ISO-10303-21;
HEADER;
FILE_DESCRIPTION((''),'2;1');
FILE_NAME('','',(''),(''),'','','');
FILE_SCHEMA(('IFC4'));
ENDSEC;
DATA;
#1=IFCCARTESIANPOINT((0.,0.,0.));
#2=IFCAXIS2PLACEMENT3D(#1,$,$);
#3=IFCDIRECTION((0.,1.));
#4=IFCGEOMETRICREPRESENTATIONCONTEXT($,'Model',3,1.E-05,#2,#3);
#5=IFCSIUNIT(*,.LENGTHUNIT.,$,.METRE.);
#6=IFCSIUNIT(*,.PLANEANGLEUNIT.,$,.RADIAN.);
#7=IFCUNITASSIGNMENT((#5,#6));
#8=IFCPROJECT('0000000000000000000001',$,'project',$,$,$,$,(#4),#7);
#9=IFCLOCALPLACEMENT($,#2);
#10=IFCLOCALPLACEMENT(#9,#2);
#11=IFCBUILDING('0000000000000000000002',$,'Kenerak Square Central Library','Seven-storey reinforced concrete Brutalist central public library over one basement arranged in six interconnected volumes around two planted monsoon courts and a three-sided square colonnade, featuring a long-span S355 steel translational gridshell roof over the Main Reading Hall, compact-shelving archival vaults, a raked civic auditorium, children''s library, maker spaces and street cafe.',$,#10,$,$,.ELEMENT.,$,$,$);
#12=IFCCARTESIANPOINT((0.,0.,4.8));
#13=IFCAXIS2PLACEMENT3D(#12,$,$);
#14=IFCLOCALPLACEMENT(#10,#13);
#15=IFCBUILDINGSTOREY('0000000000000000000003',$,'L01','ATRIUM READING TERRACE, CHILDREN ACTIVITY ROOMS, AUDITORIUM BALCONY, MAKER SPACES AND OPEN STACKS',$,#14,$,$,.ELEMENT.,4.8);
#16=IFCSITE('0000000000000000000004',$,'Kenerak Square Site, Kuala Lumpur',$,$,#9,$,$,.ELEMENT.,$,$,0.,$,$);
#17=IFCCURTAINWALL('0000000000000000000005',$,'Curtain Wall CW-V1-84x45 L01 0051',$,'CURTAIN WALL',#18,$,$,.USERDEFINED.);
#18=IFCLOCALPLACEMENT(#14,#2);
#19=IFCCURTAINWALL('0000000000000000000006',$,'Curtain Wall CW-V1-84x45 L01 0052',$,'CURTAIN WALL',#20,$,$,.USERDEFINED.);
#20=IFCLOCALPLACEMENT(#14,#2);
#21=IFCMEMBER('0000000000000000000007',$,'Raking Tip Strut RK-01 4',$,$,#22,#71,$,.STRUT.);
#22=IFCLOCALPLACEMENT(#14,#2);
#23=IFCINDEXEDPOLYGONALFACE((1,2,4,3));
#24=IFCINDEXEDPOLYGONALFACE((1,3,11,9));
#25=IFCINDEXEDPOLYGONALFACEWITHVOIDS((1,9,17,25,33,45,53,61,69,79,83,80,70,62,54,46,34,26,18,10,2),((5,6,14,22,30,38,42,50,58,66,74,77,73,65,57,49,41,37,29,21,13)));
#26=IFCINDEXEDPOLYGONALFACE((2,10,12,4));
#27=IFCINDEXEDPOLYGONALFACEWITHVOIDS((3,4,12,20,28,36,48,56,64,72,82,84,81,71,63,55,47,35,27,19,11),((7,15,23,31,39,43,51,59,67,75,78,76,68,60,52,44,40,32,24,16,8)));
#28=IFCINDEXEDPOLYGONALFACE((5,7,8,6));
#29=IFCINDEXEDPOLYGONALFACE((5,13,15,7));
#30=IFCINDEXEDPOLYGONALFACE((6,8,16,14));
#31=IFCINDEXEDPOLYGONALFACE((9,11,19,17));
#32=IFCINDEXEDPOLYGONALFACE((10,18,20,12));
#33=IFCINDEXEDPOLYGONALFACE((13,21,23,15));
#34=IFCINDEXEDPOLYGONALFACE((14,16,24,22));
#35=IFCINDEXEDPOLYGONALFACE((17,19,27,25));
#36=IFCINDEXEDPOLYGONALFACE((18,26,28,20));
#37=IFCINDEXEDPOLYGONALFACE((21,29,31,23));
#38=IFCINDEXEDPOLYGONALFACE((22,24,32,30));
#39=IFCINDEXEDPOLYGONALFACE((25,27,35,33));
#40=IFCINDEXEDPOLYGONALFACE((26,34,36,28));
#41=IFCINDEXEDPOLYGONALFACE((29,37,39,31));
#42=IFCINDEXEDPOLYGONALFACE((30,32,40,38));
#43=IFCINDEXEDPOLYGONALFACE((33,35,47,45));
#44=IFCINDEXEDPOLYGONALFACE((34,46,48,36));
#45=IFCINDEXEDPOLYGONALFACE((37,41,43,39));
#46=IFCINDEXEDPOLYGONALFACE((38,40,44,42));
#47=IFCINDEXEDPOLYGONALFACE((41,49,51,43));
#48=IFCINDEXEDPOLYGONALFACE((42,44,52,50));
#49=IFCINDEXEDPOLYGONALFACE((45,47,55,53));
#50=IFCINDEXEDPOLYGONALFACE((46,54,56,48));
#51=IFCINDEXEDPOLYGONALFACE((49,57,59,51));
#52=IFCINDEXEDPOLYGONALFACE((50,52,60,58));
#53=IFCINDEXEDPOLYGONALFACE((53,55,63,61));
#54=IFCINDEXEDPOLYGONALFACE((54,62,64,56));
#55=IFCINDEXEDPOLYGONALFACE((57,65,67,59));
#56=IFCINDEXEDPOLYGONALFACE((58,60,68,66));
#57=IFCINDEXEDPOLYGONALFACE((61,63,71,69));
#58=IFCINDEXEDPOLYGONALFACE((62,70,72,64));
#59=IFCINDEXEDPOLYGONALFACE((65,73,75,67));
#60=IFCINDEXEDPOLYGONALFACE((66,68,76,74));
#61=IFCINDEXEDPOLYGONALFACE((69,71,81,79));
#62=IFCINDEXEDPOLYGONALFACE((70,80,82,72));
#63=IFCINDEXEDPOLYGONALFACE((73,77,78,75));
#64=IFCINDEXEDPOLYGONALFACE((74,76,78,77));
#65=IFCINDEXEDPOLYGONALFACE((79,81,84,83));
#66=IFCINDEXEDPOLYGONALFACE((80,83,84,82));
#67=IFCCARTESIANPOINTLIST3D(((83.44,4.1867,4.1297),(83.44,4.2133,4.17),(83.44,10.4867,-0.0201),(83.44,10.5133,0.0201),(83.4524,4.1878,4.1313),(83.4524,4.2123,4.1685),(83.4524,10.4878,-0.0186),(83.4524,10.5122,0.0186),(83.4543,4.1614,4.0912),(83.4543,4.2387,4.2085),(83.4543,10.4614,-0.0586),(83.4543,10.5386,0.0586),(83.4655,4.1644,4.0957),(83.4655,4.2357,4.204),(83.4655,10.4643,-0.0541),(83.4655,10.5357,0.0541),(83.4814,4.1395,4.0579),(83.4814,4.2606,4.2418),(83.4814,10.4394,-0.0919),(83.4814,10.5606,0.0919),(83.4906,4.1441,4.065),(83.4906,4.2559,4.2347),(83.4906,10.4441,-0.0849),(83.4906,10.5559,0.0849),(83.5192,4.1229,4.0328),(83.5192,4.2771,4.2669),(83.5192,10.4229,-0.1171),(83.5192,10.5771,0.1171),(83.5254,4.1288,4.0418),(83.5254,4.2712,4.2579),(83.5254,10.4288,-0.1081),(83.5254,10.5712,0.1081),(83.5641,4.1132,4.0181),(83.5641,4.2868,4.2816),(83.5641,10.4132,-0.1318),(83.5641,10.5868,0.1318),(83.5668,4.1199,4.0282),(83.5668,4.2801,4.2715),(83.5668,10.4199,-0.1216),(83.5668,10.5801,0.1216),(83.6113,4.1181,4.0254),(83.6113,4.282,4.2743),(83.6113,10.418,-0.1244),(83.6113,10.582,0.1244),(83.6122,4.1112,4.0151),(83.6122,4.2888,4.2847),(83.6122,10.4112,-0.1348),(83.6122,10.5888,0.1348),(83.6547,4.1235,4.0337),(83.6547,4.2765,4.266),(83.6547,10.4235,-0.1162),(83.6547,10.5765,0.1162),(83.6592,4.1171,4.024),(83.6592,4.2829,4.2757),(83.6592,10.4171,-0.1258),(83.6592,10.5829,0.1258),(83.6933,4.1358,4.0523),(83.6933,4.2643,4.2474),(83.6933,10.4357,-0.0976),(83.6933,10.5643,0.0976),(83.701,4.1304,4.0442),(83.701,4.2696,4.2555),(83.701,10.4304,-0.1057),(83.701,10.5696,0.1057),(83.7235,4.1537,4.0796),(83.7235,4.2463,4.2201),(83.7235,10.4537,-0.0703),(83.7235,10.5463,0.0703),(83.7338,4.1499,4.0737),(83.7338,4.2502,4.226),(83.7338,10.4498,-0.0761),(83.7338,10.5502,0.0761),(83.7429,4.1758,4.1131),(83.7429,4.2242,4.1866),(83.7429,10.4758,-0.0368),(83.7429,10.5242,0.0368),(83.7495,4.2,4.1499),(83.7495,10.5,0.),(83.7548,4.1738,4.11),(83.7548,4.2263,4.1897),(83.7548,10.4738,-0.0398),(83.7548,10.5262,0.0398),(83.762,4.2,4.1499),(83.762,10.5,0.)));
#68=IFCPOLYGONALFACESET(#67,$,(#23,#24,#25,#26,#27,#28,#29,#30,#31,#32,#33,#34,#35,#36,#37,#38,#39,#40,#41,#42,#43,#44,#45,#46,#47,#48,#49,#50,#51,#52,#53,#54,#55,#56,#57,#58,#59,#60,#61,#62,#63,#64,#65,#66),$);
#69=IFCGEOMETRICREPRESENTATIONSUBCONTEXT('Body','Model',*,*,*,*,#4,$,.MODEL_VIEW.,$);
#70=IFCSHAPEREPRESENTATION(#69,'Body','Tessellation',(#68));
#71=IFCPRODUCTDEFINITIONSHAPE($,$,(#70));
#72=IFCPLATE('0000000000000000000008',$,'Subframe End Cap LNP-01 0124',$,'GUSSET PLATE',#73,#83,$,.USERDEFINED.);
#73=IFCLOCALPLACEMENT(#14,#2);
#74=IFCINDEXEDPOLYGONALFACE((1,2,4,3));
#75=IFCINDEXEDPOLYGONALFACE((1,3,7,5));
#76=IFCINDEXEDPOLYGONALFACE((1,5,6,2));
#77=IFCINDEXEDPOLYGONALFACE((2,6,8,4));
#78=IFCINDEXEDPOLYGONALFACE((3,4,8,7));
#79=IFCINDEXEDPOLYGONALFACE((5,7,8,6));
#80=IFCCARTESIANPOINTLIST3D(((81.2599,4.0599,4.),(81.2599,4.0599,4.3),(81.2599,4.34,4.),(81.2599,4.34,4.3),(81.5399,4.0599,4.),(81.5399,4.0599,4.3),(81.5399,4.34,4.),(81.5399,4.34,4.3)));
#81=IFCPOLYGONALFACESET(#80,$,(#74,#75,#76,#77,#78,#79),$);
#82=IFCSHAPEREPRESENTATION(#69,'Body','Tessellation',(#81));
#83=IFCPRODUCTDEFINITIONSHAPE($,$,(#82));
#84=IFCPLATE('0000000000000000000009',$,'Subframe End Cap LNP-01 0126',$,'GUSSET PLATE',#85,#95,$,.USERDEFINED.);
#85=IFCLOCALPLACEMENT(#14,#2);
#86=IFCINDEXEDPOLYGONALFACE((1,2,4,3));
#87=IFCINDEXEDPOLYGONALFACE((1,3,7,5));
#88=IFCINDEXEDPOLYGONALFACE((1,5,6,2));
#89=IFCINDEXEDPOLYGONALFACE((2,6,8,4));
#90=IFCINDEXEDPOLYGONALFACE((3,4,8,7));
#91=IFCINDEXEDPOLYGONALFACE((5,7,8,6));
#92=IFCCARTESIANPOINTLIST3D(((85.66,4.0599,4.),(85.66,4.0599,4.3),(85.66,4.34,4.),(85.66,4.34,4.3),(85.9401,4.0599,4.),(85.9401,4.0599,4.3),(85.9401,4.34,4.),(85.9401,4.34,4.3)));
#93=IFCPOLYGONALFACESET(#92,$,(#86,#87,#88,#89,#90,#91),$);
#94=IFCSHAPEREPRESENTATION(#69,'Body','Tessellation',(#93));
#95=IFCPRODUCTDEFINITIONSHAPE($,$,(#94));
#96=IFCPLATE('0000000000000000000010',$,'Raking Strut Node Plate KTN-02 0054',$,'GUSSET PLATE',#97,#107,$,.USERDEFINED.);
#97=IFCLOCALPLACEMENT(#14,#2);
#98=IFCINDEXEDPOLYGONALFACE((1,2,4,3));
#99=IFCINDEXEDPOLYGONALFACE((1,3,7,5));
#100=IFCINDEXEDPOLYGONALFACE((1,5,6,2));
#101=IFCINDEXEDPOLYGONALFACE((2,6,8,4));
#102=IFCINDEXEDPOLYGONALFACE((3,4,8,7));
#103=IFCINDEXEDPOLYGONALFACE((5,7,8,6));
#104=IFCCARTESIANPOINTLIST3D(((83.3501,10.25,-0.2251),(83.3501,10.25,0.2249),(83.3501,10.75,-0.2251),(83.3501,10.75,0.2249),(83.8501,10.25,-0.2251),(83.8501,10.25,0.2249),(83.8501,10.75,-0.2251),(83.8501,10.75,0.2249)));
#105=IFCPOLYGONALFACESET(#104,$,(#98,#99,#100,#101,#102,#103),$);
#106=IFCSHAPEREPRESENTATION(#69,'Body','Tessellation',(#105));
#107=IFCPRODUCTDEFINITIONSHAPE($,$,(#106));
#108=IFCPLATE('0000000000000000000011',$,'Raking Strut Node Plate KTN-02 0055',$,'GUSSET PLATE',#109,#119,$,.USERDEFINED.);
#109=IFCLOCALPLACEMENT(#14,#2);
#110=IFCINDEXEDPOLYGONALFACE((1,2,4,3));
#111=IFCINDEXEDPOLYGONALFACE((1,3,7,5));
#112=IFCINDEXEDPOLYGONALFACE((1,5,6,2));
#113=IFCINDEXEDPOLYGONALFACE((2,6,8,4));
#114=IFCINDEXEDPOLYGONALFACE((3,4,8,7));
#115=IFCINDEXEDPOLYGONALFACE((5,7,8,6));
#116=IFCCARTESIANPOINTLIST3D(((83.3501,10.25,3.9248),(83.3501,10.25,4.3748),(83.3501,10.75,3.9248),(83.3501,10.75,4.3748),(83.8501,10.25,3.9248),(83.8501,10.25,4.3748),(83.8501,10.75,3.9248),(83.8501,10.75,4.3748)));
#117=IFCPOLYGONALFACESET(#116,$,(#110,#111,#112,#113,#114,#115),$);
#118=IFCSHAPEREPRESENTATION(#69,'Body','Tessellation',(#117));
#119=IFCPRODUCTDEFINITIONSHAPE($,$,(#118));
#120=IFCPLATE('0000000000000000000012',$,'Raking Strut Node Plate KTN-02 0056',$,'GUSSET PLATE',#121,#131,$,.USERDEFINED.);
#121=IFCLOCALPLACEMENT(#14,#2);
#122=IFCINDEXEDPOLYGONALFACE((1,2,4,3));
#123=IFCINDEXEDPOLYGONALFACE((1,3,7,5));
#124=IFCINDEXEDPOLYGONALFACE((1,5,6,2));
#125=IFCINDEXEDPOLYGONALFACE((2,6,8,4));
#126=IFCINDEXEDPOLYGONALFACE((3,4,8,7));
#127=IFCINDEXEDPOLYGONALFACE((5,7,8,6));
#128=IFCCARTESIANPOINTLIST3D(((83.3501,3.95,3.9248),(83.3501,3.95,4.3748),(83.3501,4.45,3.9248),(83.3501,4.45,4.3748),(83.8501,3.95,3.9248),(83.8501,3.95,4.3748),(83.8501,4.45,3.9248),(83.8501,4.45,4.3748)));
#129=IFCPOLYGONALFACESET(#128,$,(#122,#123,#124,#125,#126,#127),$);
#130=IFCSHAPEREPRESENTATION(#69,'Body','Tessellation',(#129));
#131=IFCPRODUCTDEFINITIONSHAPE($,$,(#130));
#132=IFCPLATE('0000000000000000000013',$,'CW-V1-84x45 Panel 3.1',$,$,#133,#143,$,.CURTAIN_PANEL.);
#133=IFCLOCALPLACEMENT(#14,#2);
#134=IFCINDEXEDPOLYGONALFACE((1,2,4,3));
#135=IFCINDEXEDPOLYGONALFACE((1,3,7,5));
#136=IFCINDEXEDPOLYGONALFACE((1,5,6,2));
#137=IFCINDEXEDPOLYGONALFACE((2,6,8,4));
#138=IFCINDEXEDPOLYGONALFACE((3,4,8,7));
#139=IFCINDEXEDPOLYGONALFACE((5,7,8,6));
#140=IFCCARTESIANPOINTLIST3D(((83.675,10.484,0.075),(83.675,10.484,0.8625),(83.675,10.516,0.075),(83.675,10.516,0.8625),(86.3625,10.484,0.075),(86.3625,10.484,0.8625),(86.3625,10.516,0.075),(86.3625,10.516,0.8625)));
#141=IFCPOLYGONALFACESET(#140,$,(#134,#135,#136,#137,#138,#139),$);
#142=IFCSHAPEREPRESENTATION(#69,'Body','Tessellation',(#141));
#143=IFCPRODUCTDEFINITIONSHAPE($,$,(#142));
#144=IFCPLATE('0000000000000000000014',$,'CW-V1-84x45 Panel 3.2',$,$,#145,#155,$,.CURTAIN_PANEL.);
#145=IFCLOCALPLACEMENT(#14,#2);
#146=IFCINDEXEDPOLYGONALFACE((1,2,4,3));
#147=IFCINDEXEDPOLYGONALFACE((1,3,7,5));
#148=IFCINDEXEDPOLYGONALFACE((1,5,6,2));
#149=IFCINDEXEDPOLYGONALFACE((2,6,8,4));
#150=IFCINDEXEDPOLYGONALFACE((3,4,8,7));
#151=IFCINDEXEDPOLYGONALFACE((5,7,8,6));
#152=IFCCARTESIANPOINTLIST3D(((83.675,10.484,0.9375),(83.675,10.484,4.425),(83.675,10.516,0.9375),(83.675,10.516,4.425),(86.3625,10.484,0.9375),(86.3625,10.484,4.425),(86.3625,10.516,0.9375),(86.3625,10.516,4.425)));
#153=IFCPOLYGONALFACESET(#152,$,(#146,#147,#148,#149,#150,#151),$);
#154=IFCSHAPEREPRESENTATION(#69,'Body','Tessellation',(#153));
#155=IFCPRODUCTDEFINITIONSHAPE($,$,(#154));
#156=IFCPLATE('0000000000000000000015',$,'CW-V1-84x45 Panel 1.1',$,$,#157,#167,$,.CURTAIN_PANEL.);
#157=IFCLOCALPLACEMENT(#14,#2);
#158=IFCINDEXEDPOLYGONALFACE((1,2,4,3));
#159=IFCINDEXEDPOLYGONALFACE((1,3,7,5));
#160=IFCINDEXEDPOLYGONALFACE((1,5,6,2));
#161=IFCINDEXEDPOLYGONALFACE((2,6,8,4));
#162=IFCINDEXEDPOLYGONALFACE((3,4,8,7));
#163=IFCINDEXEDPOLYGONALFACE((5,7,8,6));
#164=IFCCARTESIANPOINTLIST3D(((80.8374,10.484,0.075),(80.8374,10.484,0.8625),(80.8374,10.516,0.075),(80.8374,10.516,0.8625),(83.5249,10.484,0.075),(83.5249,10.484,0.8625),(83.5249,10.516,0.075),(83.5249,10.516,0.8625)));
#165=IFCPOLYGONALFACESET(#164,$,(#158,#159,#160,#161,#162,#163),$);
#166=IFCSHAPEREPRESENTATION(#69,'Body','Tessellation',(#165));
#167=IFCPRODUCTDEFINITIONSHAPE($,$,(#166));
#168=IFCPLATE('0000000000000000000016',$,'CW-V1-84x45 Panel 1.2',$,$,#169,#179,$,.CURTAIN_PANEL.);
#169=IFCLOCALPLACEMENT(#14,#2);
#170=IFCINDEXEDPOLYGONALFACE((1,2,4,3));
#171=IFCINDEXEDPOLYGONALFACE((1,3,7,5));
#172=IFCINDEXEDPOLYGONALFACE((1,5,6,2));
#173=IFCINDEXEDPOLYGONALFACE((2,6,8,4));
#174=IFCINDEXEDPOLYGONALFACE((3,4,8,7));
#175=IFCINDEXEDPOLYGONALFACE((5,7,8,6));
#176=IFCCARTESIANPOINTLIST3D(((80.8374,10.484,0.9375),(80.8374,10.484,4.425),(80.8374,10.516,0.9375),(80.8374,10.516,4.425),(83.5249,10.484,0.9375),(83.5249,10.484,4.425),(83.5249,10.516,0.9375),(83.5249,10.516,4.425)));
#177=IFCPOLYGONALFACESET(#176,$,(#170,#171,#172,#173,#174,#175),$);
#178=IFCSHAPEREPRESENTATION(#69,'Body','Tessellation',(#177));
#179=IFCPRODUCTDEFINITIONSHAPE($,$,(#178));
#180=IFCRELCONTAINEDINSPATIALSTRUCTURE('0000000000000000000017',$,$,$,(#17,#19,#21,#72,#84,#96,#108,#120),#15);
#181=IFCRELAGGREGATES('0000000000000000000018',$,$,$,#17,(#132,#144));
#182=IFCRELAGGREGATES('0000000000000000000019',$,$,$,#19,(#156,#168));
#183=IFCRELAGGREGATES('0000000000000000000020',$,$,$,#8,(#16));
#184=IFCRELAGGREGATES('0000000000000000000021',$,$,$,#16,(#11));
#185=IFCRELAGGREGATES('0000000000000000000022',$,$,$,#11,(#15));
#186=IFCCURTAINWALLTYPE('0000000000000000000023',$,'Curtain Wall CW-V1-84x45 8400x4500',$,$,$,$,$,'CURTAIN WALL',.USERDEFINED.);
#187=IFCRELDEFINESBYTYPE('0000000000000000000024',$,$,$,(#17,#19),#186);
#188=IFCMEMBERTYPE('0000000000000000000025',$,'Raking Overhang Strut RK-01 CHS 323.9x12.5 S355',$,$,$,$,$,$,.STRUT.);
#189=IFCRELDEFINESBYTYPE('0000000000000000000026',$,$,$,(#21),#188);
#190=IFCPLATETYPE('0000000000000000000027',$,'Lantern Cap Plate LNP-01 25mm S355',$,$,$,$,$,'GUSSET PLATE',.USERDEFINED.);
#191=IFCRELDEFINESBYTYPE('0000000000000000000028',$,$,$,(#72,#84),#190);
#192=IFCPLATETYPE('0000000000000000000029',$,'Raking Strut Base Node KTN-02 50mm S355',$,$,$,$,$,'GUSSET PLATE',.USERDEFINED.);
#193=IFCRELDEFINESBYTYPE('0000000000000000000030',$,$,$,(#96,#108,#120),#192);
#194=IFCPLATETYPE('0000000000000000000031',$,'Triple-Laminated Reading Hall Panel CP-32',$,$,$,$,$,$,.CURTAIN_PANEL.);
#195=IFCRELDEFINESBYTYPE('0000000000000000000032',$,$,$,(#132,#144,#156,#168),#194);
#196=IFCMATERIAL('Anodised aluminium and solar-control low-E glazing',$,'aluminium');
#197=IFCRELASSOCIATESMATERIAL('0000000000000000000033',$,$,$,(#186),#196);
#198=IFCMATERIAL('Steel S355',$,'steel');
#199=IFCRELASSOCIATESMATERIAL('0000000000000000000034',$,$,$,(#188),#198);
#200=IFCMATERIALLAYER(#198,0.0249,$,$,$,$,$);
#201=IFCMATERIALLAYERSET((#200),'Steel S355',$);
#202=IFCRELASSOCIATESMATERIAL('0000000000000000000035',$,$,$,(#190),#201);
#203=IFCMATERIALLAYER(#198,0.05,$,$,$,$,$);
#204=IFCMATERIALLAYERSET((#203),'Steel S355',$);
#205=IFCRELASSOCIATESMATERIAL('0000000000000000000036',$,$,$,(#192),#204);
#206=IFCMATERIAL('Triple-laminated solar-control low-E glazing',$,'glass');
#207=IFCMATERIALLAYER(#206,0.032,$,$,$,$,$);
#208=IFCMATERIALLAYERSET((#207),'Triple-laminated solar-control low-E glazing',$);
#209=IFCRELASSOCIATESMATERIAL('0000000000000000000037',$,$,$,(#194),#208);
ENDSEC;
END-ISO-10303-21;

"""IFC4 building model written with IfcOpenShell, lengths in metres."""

from ifc_helpers import new_model, si_unit, direction, frame, origin, origin_2d, place, context, subcontext, project, spatial, rectangle, hollow_circle, extrude, material, layer, layer_set, material_profile, profile_set, type_object, element, aggregate, save


model = new_model("IFC4")

# Units and contexts
model_context = context("Model", 3, precision=1e-05, world=origin(), true_north=direction((0.0, 1.0)))
body_context = subcontext(model_context, "Body", "Model", "MODEL_VIEW")
ifc_project = project(units=[si_unit("LENGTHUNIT", "METRE"), si_unit("PLANEANGLEUNIT", "RADIAN")], contexts=[model_context])

# Site, building, storey
site_placement = place(None, origin())
site = spatial("IfcSite", under=ifc_project, at=site_placement, Name="Kenerak Square Site, Kuala Lumpur", CompositionType="ELEMENT", RefElevation=0.0)
building_placement = place(site_placement, origin())
building = spatial("IfcBuilding", under=site, at=building_placement, Name="Kenerak Square Central Library", Description="Seven-storey reinforced concrete Brutalist central public library over one basement arranged in six interconnected volumes around two planted monsoon courts and a three-sided square colonnade, featuring a long-span S355 steel translational gridshell roof over the Main Reading Hall, compact-shelving archival vaults, a raked civic auditorium, children's library, maker spaces and street cafe.", CompositionType="ELEMENT")
storey_placement = place(building_placement, frame((0.0, 0.0, 4.8)))
storey = spatial("IfcBuildingStorey", under=building, at=storey_placement, Name="L01", Description="ATRIUM READING TERRACE, CHILDREN ACTIVITY ROOMS, AUDITORIUM BALCONY, MAKER SPACES AND OPEN STACKS", CompositionType="ELEMENT", Elevation=4.8)

# Curtain walls
ifc_material_1 = material(Name="Anodised aluminium and solar-control low-E glazing", Category="aluminium")
curtain_wall_type = type_object("IfcCurtainWallType", Name="Curtain Wall CW-V1-84x45 8400x4500", ElementType="CURTAIN WALL", PredefinedType="USERDEFINED", material=ifc_material_1)
curtain_wall_1_placement = place(storey_placement, origin())
curtain_wall_1 = element("IfcCurtainWall", 1, at=curtain_wall_1_placement, inside=storey, type_object=curtain_wall_type, Name="Curtain Wall CW-V1-84x45 L01 0051", ObjectType="CURTAIN WALL", PredefinedType="USERDEFINED")
curtain_wall_2_placement = place(storey_placement, origin())
curtain_wall_2 = element("IfcCurtainWall", 2, at=curtain_wall_2_placement, inside=storey, type_object=curtain_wall_type, Name="Curtain Wall CW-V1-84x45 L01 0052", ObjectType="CURTAIN WALL", PredefinedType="USERDEFINED")

# Shared definitions
ifc_material_2 = material(Name="Steel S355", Category="steel")

# Member
ifc_material_profile_1 = material_profile(ifc_material_2, hollow_circle(Radius=0.1619, WallThickness=0.0125, at=origin_2d()), Name="CHS 323.9x12.5")
ifc_profile_set_1 = profile_set([ifc_material_profile_1], Name="Steel S355")
member_type_1 = type_object("IfcMemberType", Name="Raking Overhang Strut RK-01 CHS 323.9x12.5 S355", PredefinedType="STRUT", material=ifc_profile_set_1)
member_1_placement = place(storey_placement, frame((83.6001, 10.5, 0.0), z_axis=(0.0, -0.835105, 0.550091), x_axis=(1.0, 0.0, 0.0)))
element("IfcMember", 3, at=member_1_placement, inside=storey, type_object=member_type_1, Name="Raking Tip Strut RK-01 4", PredefinedType="STRUT", context=body_context, shape_type="SweptSolid", body=[
    extrude(hollow_circle(Radius=0.1619, WallThickness=0.0125, at=origin_2d()), origin(), (0.0, 0.0, 1.0), 7.5439),
])

# Plates
ifc_layer_1 = layer(ifc_material_2, 0.0249)
ifc_layer_set_1 = layer_set([ifc_layer_1], Name="Steel S355")
plate_type_1 = type_object("IfcPlateType", Name="Lantern Cap Plate LNP-01 25mm S355", ElementType="GUSSET PLATE", PredefinedType="USERDEFINED", material=ifc_layer_set_1)
for number, where, z_axis, x_axis, name in (
    (4, (81.3999, 4.2, 4.0), (0.0, 0.0, 1.0), (1.0, 0.0, 0.0), "Subframe End Cap LNP-01 0124"),
    (5, (85.8, 4.2, 4.0), (0.0, 0.0, 1.0), (1.0, 0.0, 0.0), "Subframe End Cap LNP-01 0126"),
):
    element("IfcPlate", number, at=place(storey_placement, frame(where, z_axis=z_axis, x_axis=x_axis)), inside=storey, type_object=plate_type_1, Name=name, ObjectType="GUSSET PLATE", PredefinedType="USERDEFINED", context=body_context, shape_type="SweptSolid", body=[
        extrude(rectangle(XDim=0.28, YDim=0.28, at=origin_2d()), origin(), (0.0, 0.0, 1.0), 0.3),
    ])
ifc_layer_2 = layer(ifc_material_2, 0.05)
ifc_layer_set_2 = layer_set([ifc_layer_2], Name="Steel S355")
plate_type_2 = type_object("IfcPlateType", Name="Raking Strut Base Node KTN-02 50mm S355", ElementType="GUSSET PLATE", PredefinedType="USERDEFINED", material=ifc_layer_set_2)
for number, where, z_axis, x_axis, name in (
    (6, (83.6001, 10.5, -0.2251), (0.0, 0.0, 1.0), (1.0, 0.0, 0.0), "Raking Strut Node Plate KTN-02 0054"),
    (7, (83.6001, 10.5, 3.9248), (0.0, 0.0, 1.0), (1.0, 0.0, 0.0), "Raking Strut Node Plate KTN-02 0055"),
    (8, (83.6001, 4.2, 3.9248), (0.0, 0.0, 1.0), (1.0, 0.0, 0.0), "Raking Strut Node Plate KTN-02 0056"),
):
    element("IfcPlate", number, at=place(storey_placement, frame(where, z_axis=z_axis, x_axis=x_axis)), inside=storey, type_object=plate_type_2, Name=name, ObjectType="GUSSET PLATE", PredefinedType="USERDEFINED", context=body_context, shape_type="SweptSolid", body=[
        extrude(rectangle(XDim=0.5, YDim=0.5, at=origin_2d()), origin(), (0.0, 0.0, 1.0), 0.45),
    ])

# Plates
ifc_material_3 = material(Name="Triple-laminated solar-control low-E glazing", Category="glass")
ifc_layer_3 = layer(ifc_material_3, 0.032)
ifc_layer_set_3 = layer_set([ifc_layer_3], Name="Triple-laminated solar-control low-E glazing")
plate_type_3 = type_object("IfcPlateType", Name="Triple-Laminated Reading Hall Panel CP-32", PredefinedType="CURTAIN_PANEL", material=ifc_layer_set_3)
plate_1_placement = place(storey_placement, frame((85.0188, 10.5, 0.075), z_axis=(0.0, 0.0, 1.0), x_axis=(-1.0, 0.0, 0.0)))
plate_1 = element("IfcPlate", 9, at=plate_1_placement, type_object=plate_type_3, Name="CW-V1-84x45 Panel 3.1", PredefinedType="CURTAIN_PANEL", context=body_context, shape_type="SweptSolid", body=[
    extrude(rectangle(XDim=2.6875, YDim=0.032, at=origin_2d()), origin(), (0.0, 0.0, 1.0), 0.7876),
])
plate_2_placement = place(storey_placement, frame((85.0188, 10.5, 0.9375), z_axis=(0.0, 0.0, 1.0), x_axis=(-1.0, 0.0, 0.0)))
plate_2 = element("IfcPlate", 10, at=plate_2_placement, type_object=plate_type_3, Name="CW-V1-84x45 Panel 3.2", PredefinedType="CURTAIN_PANEL", context=body_context, shape_type="SweptSolid", body=[
    extrude(rectangle(XDim=2.6875, YDim=0.032, at=origin_2d()), origin(), (0.0, 0.0, 1.0), 3.4875),
])
aggregate(curtain_wall_1, [plate_1, plate_2])
plate_3_placement = place(storey_placement, frame((82.1812, 10.5, 0.075), z_axis=(0.0, 0.0, 1.0), x_axis=(-1.0, 0.0, 0.0)))
plate_3 = element("IfcPlate", 11, at=plate_3_placement, type_object=plate_type_3, Name="CW-V1-84x45 Panel 1.1", PredefinedType="CURTAIN_PANEL", context=body_context, shape_type="SweptSolid", body=[
    extrude(rectangle(XDim=2.6875, YDim=0.032, at=origin_2d()), origin(), (0.0, 0.0, 1.0), 0.7876),
])
plate_4_placement = place(storey_placement, frame((82.1812, 10.5, 0.9375), z_axis=(0.0, 0.0, 1.0), x_axis=(-1.0, 0.0, 0.0)))
plate_4 = element("IfcPlate", 12, at=plate_4_placement, type_object=plate_type_3, Name="CW-V1-84x45 Panel 1.2", PredefinedType="CURTAIN_PANEL", context=body_context, shape_type="SweptSolid", body=[
    extrude(rectangle(XDim=2.6875, YDim=0.032, at=origin_2d()), origin(), (0.0, 0.0, 1.0), 3.4875),
])
aggregate(curtain_wall_2, [plate_3, plate_4])

save(model, "model.ifc")
